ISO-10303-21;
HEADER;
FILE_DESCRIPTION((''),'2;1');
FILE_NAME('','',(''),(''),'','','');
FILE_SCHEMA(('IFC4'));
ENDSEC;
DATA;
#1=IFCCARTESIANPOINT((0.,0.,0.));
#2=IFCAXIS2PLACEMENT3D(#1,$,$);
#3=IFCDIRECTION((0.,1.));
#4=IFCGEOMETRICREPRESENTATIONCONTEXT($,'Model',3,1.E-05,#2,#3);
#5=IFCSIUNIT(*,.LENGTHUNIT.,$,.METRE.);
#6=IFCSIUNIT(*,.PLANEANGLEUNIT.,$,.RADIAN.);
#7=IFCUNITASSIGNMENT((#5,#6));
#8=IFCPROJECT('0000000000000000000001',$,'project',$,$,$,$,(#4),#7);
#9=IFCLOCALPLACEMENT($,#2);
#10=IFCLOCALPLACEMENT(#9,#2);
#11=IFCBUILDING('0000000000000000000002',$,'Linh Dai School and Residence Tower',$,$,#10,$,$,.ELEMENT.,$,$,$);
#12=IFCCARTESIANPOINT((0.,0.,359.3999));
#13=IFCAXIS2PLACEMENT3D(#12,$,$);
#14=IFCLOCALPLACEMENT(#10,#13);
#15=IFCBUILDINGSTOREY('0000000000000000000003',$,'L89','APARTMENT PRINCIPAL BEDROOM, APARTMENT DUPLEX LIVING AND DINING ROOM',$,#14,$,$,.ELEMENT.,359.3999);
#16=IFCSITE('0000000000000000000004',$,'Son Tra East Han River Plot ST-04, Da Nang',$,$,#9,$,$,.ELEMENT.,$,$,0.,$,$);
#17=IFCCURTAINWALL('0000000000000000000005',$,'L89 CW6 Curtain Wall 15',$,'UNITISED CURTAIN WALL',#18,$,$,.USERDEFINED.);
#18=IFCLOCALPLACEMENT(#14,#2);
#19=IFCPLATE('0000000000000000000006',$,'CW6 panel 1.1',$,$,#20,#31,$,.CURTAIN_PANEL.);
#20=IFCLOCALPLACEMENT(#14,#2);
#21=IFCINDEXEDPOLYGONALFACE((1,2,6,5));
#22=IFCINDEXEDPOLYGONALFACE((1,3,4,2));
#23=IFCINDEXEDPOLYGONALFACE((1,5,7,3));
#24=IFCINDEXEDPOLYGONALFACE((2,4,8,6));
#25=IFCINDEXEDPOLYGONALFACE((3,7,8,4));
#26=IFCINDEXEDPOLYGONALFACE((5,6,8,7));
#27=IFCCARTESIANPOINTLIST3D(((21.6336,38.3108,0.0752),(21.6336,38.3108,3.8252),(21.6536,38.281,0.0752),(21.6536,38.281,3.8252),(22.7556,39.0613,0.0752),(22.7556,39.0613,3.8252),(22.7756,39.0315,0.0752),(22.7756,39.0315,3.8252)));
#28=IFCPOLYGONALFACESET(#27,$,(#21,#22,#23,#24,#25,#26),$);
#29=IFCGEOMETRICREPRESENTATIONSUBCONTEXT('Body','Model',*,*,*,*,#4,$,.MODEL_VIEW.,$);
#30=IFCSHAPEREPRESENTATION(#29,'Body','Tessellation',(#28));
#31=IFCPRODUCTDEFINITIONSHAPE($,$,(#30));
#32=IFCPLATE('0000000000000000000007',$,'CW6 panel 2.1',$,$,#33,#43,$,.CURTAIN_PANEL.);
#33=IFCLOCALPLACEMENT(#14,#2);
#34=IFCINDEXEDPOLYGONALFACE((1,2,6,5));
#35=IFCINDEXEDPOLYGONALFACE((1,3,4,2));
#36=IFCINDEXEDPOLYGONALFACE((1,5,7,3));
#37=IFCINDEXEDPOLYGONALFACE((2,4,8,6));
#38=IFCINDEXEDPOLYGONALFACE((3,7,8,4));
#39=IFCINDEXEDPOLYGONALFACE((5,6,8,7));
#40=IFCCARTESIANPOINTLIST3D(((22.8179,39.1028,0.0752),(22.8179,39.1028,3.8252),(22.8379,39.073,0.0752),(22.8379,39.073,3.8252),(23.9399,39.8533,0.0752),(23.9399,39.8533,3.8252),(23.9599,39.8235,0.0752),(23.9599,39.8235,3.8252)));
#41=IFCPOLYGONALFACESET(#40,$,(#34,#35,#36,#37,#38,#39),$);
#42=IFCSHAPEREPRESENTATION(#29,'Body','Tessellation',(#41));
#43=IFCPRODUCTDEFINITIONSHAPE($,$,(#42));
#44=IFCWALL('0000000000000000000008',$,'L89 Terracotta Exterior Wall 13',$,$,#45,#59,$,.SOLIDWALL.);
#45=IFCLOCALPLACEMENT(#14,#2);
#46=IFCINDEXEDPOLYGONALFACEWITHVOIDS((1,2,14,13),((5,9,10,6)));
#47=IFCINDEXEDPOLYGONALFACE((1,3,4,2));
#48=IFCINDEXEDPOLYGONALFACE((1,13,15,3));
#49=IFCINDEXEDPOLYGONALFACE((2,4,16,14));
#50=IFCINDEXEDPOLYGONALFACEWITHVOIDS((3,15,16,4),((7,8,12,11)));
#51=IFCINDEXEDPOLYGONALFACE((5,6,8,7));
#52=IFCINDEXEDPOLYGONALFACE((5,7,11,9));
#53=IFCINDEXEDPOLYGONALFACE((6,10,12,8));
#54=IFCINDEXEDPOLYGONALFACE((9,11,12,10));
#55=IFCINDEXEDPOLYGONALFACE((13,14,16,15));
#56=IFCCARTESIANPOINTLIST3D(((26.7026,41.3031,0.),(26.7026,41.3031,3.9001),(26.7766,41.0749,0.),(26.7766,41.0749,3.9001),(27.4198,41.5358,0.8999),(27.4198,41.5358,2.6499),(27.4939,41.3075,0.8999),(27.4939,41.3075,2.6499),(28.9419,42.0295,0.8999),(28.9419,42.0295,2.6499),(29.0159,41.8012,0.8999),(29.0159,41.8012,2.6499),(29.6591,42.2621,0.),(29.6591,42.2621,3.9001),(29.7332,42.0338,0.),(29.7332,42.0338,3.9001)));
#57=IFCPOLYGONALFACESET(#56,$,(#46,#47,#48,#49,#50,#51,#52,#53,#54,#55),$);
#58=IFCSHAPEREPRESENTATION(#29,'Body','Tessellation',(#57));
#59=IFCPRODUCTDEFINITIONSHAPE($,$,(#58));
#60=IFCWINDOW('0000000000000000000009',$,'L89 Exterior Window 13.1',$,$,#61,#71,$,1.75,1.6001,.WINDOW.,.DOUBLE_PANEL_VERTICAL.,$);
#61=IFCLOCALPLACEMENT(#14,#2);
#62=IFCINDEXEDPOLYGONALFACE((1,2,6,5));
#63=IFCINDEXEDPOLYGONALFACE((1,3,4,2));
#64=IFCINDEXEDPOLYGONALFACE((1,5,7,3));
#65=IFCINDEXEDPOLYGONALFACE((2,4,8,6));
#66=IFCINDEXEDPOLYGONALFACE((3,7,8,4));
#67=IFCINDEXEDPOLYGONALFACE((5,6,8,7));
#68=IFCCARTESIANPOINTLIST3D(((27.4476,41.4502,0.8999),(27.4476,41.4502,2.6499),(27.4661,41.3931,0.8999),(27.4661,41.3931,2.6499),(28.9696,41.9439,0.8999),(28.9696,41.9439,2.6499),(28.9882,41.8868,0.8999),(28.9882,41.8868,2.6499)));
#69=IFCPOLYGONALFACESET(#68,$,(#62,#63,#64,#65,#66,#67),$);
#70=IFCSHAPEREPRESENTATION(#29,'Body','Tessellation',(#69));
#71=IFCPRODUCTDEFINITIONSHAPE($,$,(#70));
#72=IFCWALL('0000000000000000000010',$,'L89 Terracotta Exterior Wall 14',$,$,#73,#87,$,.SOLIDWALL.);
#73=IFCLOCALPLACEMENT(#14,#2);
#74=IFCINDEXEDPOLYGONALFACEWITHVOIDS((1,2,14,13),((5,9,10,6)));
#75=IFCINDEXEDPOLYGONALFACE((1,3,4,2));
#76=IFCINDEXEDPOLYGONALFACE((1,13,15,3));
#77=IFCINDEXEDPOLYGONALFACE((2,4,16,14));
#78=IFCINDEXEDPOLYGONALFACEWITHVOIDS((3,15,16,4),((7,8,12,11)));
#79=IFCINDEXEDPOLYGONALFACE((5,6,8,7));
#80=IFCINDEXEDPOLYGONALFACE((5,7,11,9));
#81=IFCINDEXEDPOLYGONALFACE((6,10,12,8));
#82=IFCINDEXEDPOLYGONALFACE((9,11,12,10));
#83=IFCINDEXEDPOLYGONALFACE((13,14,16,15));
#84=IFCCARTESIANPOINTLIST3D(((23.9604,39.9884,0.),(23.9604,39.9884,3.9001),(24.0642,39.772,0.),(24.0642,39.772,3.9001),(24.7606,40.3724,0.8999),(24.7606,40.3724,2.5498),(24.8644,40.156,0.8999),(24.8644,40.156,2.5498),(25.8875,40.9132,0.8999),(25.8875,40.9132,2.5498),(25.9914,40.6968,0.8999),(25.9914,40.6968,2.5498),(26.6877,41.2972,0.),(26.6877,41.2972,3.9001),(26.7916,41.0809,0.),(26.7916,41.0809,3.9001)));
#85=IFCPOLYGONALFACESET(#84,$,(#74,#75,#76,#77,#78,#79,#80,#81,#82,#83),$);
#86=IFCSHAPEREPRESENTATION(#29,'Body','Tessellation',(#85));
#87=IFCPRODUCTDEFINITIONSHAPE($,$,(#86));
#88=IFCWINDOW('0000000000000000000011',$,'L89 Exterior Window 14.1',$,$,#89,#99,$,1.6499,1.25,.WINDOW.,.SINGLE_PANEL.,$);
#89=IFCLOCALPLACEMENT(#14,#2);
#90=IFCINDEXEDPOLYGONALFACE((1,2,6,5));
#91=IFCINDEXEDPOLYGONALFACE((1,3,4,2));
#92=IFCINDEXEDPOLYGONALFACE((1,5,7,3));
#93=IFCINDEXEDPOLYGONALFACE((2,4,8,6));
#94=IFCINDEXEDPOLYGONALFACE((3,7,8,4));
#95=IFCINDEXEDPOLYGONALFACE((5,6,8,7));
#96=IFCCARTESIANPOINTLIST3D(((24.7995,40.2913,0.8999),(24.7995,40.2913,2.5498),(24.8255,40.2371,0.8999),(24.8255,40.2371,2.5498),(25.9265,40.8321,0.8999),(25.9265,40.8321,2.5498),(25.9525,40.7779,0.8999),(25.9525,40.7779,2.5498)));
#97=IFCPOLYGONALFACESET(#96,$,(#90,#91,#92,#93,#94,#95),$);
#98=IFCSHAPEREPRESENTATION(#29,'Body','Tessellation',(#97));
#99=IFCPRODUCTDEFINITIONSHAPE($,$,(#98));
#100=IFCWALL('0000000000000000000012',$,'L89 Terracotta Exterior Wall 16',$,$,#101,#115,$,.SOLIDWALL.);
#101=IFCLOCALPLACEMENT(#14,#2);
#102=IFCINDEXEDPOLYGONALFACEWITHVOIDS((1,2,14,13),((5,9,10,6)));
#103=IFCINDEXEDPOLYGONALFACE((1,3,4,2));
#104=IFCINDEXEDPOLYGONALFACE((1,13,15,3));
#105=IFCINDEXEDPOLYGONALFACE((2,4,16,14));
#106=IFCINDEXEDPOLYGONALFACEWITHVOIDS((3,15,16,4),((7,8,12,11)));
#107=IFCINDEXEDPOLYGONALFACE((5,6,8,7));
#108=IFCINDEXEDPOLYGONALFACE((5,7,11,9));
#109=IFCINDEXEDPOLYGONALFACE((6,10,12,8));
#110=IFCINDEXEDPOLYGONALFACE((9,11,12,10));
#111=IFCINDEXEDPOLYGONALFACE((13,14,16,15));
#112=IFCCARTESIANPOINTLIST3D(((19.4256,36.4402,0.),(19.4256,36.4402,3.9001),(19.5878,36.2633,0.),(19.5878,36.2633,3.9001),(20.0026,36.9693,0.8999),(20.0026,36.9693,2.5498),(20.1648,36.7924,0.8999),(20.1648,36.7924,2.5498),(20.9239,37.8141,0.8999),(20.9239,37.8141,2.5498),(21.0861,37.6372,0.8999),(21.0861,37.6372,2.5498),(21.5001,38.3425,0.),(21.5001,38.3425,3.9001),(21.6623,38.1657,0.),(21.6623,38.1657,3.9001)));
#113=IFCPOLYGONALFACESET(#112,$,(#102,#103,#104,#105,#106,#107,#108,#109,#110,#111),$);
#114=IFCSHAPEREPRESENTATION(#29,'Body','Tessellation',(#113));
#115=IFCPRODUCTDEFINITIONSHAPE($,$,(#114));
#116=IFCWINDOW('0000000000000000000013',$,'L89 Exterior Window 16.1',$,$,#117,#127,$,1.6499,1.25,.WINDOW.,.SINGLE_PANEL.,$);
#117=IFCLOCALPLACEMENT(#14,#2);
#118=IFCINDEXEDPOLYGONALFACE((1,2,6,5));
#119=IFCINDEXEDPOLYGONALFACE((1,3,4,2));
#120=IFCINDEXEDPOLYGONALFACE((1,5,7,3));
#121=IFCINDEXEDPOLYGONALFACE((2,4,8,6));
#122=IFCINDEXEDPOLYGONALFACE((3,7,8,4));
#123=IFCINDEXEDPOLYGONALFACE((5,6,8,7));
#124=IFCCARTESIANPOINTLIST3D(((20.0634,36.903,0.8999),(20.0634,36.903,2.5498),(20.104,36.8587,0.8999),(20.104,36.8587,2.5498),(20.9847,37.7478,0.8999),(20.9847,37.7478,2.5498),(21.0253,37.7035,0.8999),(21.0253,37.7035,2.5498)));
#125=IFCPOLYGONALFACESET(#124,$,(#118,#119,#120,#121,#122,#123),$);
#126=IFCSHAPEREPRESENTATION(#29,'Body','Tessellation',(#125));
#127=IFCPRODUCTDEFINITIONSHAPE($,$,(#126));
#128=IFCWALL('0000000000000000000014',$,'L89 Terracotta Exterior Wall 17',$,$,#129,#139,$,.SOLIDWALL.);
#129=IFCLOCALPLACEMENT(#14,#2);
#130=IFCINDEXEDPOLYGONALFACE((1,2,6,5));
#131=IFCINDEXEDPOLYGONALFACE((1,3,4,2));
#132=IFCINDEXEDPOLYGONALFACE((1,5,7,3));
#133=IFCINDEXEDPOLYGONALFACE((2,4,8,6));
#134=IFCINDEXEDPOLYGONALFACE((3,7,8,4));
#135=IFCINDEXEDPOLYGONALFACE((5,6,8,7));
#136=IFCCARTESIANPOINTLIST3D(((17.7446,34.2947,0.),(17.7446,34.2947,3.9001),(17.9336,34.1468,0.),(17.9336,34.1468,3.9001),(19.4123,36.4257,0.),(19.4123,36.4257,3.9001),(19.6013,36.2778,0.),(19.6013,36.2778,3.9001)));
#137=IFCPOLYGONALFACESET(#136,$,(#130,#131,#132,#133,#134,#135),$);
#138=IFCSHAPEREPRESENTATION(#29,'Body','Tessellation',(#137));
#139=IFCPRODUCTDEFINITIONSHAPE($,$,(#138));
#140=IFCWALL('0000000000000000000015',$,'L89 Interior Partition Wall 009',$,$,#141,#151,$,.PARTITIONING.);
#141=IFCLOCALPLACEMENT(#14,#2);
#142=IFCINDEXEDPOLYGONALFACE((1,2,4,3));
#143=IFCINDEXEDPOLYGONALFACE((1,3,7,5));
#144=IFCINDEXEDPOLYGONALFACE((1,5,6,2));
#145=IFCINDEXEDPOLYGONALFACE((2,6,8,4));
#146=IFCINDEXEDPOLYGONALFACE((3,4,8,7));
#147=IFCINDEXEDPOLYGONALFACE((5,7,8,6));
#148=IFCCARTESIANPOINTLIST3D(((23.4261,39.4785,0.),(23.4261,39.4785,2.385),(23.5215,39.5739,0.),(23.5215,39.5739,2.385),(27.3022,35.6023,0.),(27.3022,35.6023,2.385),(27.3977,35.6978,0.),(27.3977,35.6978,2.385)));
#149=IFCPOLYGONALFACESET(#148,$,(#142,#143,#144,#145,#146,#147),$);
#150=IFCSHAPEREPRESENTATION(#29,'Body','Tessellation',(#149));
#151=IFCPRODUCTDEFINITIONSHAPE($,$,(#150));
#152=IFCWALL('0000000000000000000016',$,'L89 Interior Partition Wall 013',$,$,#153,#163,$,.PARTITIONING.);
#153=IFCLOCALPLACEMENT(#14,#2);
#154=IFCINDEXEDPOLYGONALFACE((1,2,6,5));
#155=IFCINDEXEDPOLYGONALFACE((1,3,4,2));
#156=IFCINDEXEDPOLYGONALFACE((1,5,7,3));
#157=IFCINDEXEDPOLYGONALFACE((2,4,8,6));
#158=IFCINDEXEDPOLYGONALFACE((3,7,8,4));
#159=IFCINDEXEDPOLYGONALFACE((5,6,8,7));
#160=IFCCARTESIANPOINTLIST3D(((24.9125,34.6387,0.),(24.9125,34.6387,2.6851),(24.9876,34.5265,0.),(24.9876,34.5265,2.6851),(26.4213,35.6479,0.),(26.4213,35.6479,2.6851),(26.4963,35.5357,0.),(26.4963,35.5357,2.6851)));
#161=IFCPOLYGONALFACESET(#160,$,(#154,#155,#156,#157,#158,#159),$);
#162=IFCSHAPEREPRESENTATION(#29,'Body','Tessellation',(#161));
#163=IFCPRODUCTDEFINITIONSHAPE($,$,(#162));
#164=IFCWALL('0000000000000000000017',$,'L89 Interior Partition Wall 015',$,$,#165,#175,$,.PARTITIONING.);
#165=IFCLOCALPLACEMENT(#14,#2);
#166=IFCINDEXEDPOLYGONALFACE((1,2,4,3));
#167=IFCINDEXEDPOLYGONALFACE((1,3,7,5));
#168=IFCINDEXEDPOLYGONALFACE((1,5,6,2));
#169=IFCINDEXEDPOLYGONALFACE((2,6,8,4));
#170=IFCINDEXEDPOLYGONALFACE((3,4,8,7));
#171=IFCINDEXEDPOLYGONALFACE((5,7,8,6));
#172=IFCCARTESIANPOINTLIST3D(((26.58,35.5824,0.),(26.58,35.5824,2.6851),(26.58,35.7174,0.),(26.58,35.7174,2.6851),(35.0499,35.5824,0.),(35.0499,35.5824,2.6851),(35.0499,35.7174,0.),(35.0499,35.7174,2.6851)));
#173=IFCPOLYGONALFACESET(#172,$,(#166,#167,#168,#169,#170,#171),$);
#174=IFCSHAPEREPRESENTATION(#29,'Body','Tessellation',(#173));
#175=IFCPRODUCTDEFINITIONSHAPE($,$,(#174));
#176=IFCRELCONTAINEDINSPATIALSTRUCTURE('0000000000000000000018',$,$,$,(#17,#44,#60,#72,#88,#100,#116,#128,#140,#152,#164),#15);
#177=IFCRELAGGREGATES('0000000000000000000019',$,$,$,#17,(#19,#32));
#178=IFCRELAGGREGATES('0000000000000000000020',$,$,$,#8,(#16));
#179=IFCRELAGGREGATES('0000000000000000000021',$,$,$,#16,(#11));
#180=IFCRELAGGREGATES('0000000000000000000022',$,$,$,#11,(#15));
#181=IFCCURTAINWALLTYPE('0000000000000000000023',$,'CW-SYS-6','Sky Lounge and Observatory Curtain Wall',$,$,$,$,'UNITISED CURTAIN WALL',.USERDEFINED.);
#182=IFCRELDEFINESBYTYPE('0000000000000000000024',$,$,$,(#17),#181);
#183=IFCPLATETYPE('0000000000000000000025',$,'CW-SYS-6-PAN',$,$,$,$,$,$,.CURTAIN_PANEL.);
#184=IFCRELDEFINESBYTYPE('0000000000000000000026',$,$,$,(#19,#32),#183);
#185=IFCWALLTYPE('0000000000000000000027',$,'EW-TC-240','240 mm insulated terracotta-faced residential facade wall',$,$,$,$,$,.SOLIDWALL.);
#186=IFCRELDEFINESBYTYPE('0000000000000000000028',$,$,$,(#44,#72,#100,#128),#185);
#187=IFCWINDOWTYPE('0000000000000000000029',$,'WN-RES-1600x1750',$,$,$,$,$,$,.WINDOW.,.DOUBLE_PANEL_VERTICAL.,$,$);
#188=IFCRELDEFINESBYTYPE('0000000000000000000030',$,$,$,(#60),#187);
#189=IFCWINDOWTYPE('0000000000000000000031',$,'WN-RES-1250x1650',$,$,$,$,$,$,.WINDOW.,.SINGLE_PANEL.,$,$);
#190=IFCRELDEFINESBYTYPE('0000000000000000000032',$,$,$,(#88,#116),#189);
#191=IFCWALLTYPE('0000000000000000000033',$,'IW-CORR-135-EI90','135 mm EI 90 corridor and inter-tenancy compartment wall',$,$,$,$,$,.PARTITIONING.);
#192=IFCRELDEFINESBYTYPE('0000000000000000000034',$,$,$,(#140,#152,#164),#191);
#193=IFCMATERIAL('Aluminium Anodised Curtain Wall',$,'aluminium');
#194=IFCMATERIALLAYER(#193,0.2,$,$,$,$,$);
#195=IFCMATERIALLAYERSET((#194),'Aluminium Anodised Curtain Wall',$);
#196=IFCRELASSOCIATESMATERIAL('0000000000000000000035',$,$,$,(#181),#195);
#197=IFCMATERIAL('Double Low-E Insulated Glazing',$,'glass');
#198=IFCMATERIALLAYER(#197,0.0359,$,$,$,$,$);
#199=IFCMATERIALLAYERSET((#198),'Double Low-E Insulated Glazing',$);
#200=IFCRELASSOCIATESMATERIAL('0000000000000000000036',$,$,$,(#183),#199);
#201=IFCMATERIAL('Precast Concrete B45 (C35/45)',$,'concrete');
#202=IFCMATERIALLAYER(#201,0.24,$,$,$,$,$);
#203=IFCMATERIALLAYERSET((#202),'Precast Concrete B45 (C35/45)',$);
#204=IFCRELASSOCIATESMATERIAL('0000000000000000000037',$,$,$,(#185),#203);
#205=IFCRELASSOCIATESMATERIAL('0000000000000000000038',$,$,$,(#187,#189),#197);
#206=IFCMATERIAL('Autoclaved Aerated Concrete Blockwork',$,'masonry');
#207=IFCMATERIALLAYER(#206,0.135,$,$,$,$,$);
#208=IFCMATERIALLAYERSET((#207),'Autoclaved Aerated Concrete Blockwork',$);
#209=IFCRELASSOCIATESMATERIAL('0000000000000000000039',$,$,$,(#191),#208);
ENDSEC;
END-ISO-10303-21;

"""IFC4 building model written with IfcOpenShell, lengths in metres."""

from ifc_helpers import new_model, si_unit, direction, frame, frame_2d, origin, origin_2d, place, context, subcontext, project, spatial, rectangle, extrude, source, transform, mapped, material, layer, layer_set, type_object, element, fill, aggregate, save


model = new_model("IFC4")

# Units and contexts
model_context = context("Model", 3, precision=1e-05, world=origin(), true_north=direction((0.0, 1.0)))
body_context = subcontext(model_context, "Body", "Model", "MODEL_VIEW")
ifc_project = project(units=[si_unit("LENGTHUNIT", "METRE"), si_unit("PLANEANGLEUNIT", "RADIAN")], contexts=[model_context])

# Site, building, storey
site_placement = place(None, origin())
site = spatial("IfcSite", under=ifc_project, at=site_placement, Name="Son Tra East Han River Plot ST-04, Da Nang", CompositionType="ELEMENT", RefElevation=0.0)
building_placement = place(site_placement, origin())
building = spatial("IfcBuilding", under=site, at=building_placement, Name="Linh Dai School and Residence Tower", CompositionType="ELEMENT")
storey_placement = place(building_placement, frame((0.0, 0.0, 359.3999)))
storey = spatial("IfcBuildingStorey", under=building, at=storey_placement, Name="L89", Description="APARTMENT PRINCIPAL BEDROOM, APARTMENT DUPLEX LIVING AND DINING ROOM", CompositionType="ELEMENT", Elevation=359.3999)

# Curtain wall
ifc_material_1 = material(Name="Aluminium Anodised Curtain Wall", Category="aluminium")
ifc_layer_1 = layer(ifc_material_1, 0.2)
ifc_layer_set_1 = layer_set([ifc_layer_1], Name="Aluminium Anodised Curtain Wall")
curtain_wall_type = type_object("IfcCurtainWallType", Name="CW-SYS-6", Description="Sky Lounge and Observatory Curtain Wall", ElementType="UNITISED CURTAIN WALL", PredefinedType="USERDEFINED", material=ifc_layer_set_1)
curtain_wall_placement = place(storey_placement, origin())
curtain_wall = element("IfcCurtainWall", 1, at=curtain_wall_placement, inside=storey, type_object=curtain_wall_type, Name="L89 CW6 Curtain Wall 15", ObjectType="UNITISED CURTAIN WALL", PredefinedType="USERDEFINED")

# Plates
ifc_material_2 = material(Name="Double Low-E Insulated Glazing", Category="glass")
ifc_layer_2 = layer(ifc_material_2, 0.0359)
ifc_layer_set_2 = layer_set([ifc_layer_2], Name="Double Low-E Insulated Glazing")
plate_type_1 = type_object("IfcPlateType", Name="CW-SYS-6-PAN", PredefinedType="CURTAIN_PANEL", material=ifc_layer_set_2)
shared_shape_1 = source(origin(), body_context, "Body", "SweptSolid", [
    extrude(rectangle(XDim=1.3499, YDim=0.0359, at=origin_2d()), origin(), (0.0, 0.0, 1.0), 3.75),
])
plate_1_placement = place(storey_placement, frame((22.2046, 38.6711, 0.0752), z_axis=(0.0, 0.0, 1.0), x_axis=(0.831202, 0.555971, 0.0)))
plate_1 = element("IfcPlate", 2, at=plate_1_placement, type_object=plate_type_1, Name="CW6 panel 1.1", PredefinedType="CURTAIN_PANEL", context=body_context, shape_type="MappedRepresentation", body=[
    mapped(shared_shape_1, transform((0.0, 0.0, 0.0), x_axis=(1.0, 0.0, 0.0), y_axis=(0.0, 1.0, 0.0), z_axis=(0.0, 0.0, 1.0), scale=1.0)),
])
plate_2_placement = place(storey_placement, frame((23.3889, 39.4631, 0.0752), z_axis=(0.0, 0.0, 1.0), x_axis=(0.831202, 0.555971, 0.0)))
plate_2 = element("IfcPlate", 3, at=plate_2_placement, type_object=plate_type_1, Name="CW6 panel 2.1", PredefinedType="CURTAIN_PANEL", context=body_context, shape_type="MappedRepresentation", body=[
    mapped(shared_shape_1, transform((0.0, 0.0, 0.0), x_axis=(1.0, 0.0, 0.0), y_axis=(0.0, 1.0, 0.0), z_axis=(0.0, 0.0, 1.0), scale=1.0)),
])
aggregate(curtain_wall, [plate_1, plate_2])

# Walls, openings, windows
ifc_material_3 = material(Name="Precast Concrete B45 (C35/45)", Category="concrete")
ifc_layer_3 = layer(ifc_material_3, 0.24)
ifc_layer_set_3 = layer_set([ifc_layer_3], Name="Precast Concrete B45 (C35/45)")
wall_type_1 = type_object("IfcWallType", Name="EW-TC-240", Description="240 mm insulated terracotta-faced residential facade wall", PredefinedType="SOLIDWALL", material=ifc_layer_set_3)
wall_1_placement = place(storey_placement, frame((26.7395, 41.189, 0.0), z_axis=(0.0, 0.0, 1.0), x_axis=(0.951213, 0.308535, 0.0)))
wall_1 = element("IfcWall", 4, at=wall_1_placement, inside=storey, type_object=wall_type_1, Name="L89 Terracotta Exterior Wall 13", PredefinedType="SOLIDWALL", context=body_context, shape_type="SweptSolid", body=[
    extrude(rectangle(XDim=3.1082, YDim=0.24, at=frame_2d((1.5542, 0.0))), origin(), (0.0, 0.0, 1.0), 3.9001),
])
opening_1_placement = place(wall_1_placement, frame((0.7542, 0.0, 0.8999)))
opening_1 = element("IfcOpeningElement", 5, at=opening_1_placement, cuts=wall_1, PredefinedType="OPENING", context=body_context, shape_type="SweptSolid", body=[
    extrude(rectangle(XDim=1.6001, YDim=1.75, at=origin_2d()), frame((0.8, 0.1299, 0.875), z_axis=(0.0, -1.0, 0.0), x_axis=(1.0, 0.0, 0.0)), (0.0, 0.0, 1.0), 0.26),
])
window_type_1 = type_object("IfcWindowType", Name="WN-RES-1600x1750", PartitioningType="DOUBLE_PANEL_VERTICAL", PredefinedType="WINDOW", material=ifc_material_2)
shared_shape_2 = source(origin(), body_context, "Body", "SweptSolid", [
    extrude(rectangle(XDim=1.6001, YDim=1.75, at=origin_2d()), frame((0.8, 0.03, 0.875), z_axis=(0.0, -1.0, 0.0), x_axis=(1.0, 0.0, 0.0)), (0.0, 0.0, 1.0), 0.0601),
])
window_1_placement = place(opening_1_placement, origin())
window_1 = element("IfcWindow", 6, at=window_1_placement, inside=storey, type_object=window_type_1, Name="L89 Exterior Window 13.1", OverallHeight=1.75, OverallWidth=1.6001, PartitioningType="DOUBLE_PANEL_VERTICAL", PredefinedType="WINDOW", context=body_context, shape_type="MappedRepresentation", body=[
    mapped(shared_shape_2, transform((0.0, 0.0, 0.0), x_axis=(1.0, 0.0, 0.0), y_axis=(0.0, 1.0, 0.0), z_axis=(0.0, 0.0, 1.0), scale=1.0)),
])
fill(opening_1, window_1)
wall_2_placement = place(storey_placement, frame((24.0122, 39.8801, 0.0), z_axis=(0.0, 0.0, 1.0), x_axis=(0.901557, 0.43266, 0.0)))
wall_2 = element("IfcWall", 7, at=wall_2_placement, inside=storey, type_object=wall_type_1, Name="L89 Terracotta Exterior Wall 14", PredefinedType="SOLIDWALL", context=body_context, shape_type="SweptSolid", body=[
    extrude(rectangle(XDim=3.0251, YDim=0.24, at=frame_2d((1.5127, 0.0))), origin(), (0.0, 0.0, 1.0), 3.9001),
])
opening_2_placement = place(wall_2_placement, frame((0.8877, 0.0, 0.8999)))
opening_2 = element("IfcOpeningElement", 8, at=opening_2_placement, cuts=wall_2, PredefinedType="OPENING", context=body_context, shape_type="SweptSolid", body=[
    extrude(rectangle(XDim=1.25, YDim=1.6499, at=origin_2d()), frame((0.625, 0.1299, 0.825), z_axis=(0.0, -1.0, 0.0), x_axis=(1.0, 0.0, 0.0)), (0.0, 0.0, 1.0), 0.26),
])
window_type_2 = type_object("IfcWindowType", Name="WN-RES-1250x1650", PartitioningType="SINGLE_PANEL", PredefinedType="WINDOW", material=ifc_material_2)
shared_shape_3 = source(origin(), body_context, "Body", "SweptSolid", [
    extrude(rectangle(XDim=1.25, YDim=1.6499, at=origin_2d()), frame((0.625, 0.03, 0.825), z_axis=(0.0, -1.0, 0.0), x_axis=(1.0, 0.0, 0.0)), (0.0, 0.0, 1.0), 0.0601),
])
window_2_placement = place(opening_2_placement, origin())
window_2 = element("IfcWindow", 9, at=window_2_placement, inside=storey, type_object=window_type_2, Name="L89 Exterior Window 14.1", OverallHeight=1.6499, OverallWidth=1.25, PartitioningType="SINGLE_PANEL", PredefinedType="WINDOW", context=body_context, shape_type="MappedRepresentation", body=[
    mapped(shared_shape_3, transform((0.0, 0.0, 0.0), x_axis=(1.0, 0.0, 0.0), y_axis=(0.0, 1.0, 0.0), z_axis=(0.0, 0.0, 1.0), scale=1.0)),
])
fill(opening_2, window_2)
wall_3_placement = place(storey_placement, frame((19.5068, 36.3518, 0.0), z_axis=(0.0, 0.0, 1.0), x_axis=(0.737021, 0.67587, 0.0)))
wall_3 = element("IfcWall", 10, at=wall_3_placement, inside=storey, type_object=wall_type_1, Name="L89 Terracotta Exterior Wall 16", PredefinedType="SOLIDWALL", context=body_context, shape_type="SweptSolid", body=[
    extrude(rectangle(XDim=2.8147, YDim=0.24, at=frame_2d((1.4072, 0.0))), origin(), (0.0, 0.0, 1.0), 3.9001),
])
opening_3_placement = place(wall_3_placement, frame((0.7827, 0.0, 0.8999)))
opening_3 = element("IfcOpeningElement", 11, at=opening_3_placement, cuts=wall_3, PredefinedType="OPENING", context=body_context, shape_type="SweptSolid", body=[
    extrude(rectangle(XDim=1.25, YDim=1.6499, at=origin_2d()), frame((0.625, 0.1299, 0.825), z_axis=(0.0, -1.0, 0.0), x_axis=(1.0, 0.0, 0.0)), (0.0, 0.0, 1.0), 0.26),
])
window_3_placement = place(opening_3_placement, origin())
window_3 = element("IfcWindow", 12, at=window_3_placement, inside=storey, type_object=window_type_2, Name="L89 Exterior Window 16.1", OverallHeight=1.6499, OverallWidth=1.25, PartitioningType="SINGLE_PANEL", PredefinedType="WINDOW", context=body_context, shape_type="MappedRepresentation", body=[
    mapped(shared_shape_3, transform((0.0, 0.0, 0.0), x_axis=(1.0, 0.0, 0.0), y_axis=(0.0, 1.0, 0.0), z_axis=(0.0, 0.0, 1.0), scale=1.0)),
])
fill(opening_3, window_3)

# Walls
wall_4_placement = place(storey_placement, frame((17.8391, 34.2207, 0.0), z_axis=(0.0, 0.0, 1.0), x_axis=(0.616286, 0.787522, 0.0)))
element("IfcWall", 13, at=wall_4_placement, inside=storey, type_object=wall_type_1, Name="L89 Terracotta Exterior Wall 17", PredefinedType="SOLIDWALL", context=body_context, shape_type="SweptSolid", body=[
    extrude(rectangle(XDim=2.7061, YDim=0.24, at=frame_2d((1.353, 0.0))), origin(), (0.0, 0.0, 1.0), 3.9001),
])
ifc_material_4 = material(Name="Autoclaved Aerated Concrete Blockwork", Category="masonry")
ifc_layer_4 = layer(ifc_material_4, 0.135)
ifc_layer_set_4 = layer_set([ifc_layer_4], Name="Autoclaved Aerated Concrete Blockwork")
wall_type_2 = type_object("IfcWallType", Name="IW-CORR-135-EI90", Description="135 mm EI 90 corridor and inter-tenancy compartment wall", PredefinedType="PARTITIONING", material=ifc_layer_set_4)
wall_5_placement = place(storey_placement, frame((23.4739, 39.5261, 0.0), z_axis=(0.0, 0.0, 1.0), x_axis=(0.707107, -0.707107, 0.0)))
element("IfcWall", 14, at=wall_5_placement, inside=storey, type_object=wall_type_2, Name="L89 Interior Partition Wall 009", PredefinedType="PARTITIONING", context=body_context, shape_type="SweptSolid", body=[
    extrude(rectangle(XDim=5.4817, YDim=0.135, at=frame_2d((2.7407, 0.0))), origin(), (0.0, 0.0, 1.0), 2.385),
])
wall_6_placement = place(storey_placement, frame((24.95, 34.5825, 0.0), z_axis=(0.0, 0.0, 1.0), x_axis=(0.83118, 0.556003, 0.0)))
element("IfcWall", 15, at=wall_6_placement, inside=storey, type_object=wall_type_2, Name="L89 Interior Partition Wall 013", PredefinedType="PARTITIONING", context=body_context, shape_type="SweptSolid", body=[
    extrude(rectangle(XDim=1.8152, YDim=0.135, at=frame_2d((0.9077, 0.0))), origin(), (0.0, 0.0, 1.0), 2.6851),
])
wall_7_placement = place(storey_placement, frame((26.5801, 35.6499, 0.0), z_axis=(0.0, 0.0, 1.0), x_axis=(1.0, 0.0, 0.0)))
element("IfcWall", 16, at=wall_7_placement, inside=storey, type_object=wall_type_2, Name="L89 Interior Partition Wall 015", PredefinedType="PARTITIONING", context=body_context, shape_type="SweptSolid", body=[
    extrude(rectangle(XDim=8.47, YDim=0.135, at=frame_2d((4.2349, 0.0))), origin(), (0.0, 0.0, 1.0), 2.6851),
])

save(model, "model.ifc")
